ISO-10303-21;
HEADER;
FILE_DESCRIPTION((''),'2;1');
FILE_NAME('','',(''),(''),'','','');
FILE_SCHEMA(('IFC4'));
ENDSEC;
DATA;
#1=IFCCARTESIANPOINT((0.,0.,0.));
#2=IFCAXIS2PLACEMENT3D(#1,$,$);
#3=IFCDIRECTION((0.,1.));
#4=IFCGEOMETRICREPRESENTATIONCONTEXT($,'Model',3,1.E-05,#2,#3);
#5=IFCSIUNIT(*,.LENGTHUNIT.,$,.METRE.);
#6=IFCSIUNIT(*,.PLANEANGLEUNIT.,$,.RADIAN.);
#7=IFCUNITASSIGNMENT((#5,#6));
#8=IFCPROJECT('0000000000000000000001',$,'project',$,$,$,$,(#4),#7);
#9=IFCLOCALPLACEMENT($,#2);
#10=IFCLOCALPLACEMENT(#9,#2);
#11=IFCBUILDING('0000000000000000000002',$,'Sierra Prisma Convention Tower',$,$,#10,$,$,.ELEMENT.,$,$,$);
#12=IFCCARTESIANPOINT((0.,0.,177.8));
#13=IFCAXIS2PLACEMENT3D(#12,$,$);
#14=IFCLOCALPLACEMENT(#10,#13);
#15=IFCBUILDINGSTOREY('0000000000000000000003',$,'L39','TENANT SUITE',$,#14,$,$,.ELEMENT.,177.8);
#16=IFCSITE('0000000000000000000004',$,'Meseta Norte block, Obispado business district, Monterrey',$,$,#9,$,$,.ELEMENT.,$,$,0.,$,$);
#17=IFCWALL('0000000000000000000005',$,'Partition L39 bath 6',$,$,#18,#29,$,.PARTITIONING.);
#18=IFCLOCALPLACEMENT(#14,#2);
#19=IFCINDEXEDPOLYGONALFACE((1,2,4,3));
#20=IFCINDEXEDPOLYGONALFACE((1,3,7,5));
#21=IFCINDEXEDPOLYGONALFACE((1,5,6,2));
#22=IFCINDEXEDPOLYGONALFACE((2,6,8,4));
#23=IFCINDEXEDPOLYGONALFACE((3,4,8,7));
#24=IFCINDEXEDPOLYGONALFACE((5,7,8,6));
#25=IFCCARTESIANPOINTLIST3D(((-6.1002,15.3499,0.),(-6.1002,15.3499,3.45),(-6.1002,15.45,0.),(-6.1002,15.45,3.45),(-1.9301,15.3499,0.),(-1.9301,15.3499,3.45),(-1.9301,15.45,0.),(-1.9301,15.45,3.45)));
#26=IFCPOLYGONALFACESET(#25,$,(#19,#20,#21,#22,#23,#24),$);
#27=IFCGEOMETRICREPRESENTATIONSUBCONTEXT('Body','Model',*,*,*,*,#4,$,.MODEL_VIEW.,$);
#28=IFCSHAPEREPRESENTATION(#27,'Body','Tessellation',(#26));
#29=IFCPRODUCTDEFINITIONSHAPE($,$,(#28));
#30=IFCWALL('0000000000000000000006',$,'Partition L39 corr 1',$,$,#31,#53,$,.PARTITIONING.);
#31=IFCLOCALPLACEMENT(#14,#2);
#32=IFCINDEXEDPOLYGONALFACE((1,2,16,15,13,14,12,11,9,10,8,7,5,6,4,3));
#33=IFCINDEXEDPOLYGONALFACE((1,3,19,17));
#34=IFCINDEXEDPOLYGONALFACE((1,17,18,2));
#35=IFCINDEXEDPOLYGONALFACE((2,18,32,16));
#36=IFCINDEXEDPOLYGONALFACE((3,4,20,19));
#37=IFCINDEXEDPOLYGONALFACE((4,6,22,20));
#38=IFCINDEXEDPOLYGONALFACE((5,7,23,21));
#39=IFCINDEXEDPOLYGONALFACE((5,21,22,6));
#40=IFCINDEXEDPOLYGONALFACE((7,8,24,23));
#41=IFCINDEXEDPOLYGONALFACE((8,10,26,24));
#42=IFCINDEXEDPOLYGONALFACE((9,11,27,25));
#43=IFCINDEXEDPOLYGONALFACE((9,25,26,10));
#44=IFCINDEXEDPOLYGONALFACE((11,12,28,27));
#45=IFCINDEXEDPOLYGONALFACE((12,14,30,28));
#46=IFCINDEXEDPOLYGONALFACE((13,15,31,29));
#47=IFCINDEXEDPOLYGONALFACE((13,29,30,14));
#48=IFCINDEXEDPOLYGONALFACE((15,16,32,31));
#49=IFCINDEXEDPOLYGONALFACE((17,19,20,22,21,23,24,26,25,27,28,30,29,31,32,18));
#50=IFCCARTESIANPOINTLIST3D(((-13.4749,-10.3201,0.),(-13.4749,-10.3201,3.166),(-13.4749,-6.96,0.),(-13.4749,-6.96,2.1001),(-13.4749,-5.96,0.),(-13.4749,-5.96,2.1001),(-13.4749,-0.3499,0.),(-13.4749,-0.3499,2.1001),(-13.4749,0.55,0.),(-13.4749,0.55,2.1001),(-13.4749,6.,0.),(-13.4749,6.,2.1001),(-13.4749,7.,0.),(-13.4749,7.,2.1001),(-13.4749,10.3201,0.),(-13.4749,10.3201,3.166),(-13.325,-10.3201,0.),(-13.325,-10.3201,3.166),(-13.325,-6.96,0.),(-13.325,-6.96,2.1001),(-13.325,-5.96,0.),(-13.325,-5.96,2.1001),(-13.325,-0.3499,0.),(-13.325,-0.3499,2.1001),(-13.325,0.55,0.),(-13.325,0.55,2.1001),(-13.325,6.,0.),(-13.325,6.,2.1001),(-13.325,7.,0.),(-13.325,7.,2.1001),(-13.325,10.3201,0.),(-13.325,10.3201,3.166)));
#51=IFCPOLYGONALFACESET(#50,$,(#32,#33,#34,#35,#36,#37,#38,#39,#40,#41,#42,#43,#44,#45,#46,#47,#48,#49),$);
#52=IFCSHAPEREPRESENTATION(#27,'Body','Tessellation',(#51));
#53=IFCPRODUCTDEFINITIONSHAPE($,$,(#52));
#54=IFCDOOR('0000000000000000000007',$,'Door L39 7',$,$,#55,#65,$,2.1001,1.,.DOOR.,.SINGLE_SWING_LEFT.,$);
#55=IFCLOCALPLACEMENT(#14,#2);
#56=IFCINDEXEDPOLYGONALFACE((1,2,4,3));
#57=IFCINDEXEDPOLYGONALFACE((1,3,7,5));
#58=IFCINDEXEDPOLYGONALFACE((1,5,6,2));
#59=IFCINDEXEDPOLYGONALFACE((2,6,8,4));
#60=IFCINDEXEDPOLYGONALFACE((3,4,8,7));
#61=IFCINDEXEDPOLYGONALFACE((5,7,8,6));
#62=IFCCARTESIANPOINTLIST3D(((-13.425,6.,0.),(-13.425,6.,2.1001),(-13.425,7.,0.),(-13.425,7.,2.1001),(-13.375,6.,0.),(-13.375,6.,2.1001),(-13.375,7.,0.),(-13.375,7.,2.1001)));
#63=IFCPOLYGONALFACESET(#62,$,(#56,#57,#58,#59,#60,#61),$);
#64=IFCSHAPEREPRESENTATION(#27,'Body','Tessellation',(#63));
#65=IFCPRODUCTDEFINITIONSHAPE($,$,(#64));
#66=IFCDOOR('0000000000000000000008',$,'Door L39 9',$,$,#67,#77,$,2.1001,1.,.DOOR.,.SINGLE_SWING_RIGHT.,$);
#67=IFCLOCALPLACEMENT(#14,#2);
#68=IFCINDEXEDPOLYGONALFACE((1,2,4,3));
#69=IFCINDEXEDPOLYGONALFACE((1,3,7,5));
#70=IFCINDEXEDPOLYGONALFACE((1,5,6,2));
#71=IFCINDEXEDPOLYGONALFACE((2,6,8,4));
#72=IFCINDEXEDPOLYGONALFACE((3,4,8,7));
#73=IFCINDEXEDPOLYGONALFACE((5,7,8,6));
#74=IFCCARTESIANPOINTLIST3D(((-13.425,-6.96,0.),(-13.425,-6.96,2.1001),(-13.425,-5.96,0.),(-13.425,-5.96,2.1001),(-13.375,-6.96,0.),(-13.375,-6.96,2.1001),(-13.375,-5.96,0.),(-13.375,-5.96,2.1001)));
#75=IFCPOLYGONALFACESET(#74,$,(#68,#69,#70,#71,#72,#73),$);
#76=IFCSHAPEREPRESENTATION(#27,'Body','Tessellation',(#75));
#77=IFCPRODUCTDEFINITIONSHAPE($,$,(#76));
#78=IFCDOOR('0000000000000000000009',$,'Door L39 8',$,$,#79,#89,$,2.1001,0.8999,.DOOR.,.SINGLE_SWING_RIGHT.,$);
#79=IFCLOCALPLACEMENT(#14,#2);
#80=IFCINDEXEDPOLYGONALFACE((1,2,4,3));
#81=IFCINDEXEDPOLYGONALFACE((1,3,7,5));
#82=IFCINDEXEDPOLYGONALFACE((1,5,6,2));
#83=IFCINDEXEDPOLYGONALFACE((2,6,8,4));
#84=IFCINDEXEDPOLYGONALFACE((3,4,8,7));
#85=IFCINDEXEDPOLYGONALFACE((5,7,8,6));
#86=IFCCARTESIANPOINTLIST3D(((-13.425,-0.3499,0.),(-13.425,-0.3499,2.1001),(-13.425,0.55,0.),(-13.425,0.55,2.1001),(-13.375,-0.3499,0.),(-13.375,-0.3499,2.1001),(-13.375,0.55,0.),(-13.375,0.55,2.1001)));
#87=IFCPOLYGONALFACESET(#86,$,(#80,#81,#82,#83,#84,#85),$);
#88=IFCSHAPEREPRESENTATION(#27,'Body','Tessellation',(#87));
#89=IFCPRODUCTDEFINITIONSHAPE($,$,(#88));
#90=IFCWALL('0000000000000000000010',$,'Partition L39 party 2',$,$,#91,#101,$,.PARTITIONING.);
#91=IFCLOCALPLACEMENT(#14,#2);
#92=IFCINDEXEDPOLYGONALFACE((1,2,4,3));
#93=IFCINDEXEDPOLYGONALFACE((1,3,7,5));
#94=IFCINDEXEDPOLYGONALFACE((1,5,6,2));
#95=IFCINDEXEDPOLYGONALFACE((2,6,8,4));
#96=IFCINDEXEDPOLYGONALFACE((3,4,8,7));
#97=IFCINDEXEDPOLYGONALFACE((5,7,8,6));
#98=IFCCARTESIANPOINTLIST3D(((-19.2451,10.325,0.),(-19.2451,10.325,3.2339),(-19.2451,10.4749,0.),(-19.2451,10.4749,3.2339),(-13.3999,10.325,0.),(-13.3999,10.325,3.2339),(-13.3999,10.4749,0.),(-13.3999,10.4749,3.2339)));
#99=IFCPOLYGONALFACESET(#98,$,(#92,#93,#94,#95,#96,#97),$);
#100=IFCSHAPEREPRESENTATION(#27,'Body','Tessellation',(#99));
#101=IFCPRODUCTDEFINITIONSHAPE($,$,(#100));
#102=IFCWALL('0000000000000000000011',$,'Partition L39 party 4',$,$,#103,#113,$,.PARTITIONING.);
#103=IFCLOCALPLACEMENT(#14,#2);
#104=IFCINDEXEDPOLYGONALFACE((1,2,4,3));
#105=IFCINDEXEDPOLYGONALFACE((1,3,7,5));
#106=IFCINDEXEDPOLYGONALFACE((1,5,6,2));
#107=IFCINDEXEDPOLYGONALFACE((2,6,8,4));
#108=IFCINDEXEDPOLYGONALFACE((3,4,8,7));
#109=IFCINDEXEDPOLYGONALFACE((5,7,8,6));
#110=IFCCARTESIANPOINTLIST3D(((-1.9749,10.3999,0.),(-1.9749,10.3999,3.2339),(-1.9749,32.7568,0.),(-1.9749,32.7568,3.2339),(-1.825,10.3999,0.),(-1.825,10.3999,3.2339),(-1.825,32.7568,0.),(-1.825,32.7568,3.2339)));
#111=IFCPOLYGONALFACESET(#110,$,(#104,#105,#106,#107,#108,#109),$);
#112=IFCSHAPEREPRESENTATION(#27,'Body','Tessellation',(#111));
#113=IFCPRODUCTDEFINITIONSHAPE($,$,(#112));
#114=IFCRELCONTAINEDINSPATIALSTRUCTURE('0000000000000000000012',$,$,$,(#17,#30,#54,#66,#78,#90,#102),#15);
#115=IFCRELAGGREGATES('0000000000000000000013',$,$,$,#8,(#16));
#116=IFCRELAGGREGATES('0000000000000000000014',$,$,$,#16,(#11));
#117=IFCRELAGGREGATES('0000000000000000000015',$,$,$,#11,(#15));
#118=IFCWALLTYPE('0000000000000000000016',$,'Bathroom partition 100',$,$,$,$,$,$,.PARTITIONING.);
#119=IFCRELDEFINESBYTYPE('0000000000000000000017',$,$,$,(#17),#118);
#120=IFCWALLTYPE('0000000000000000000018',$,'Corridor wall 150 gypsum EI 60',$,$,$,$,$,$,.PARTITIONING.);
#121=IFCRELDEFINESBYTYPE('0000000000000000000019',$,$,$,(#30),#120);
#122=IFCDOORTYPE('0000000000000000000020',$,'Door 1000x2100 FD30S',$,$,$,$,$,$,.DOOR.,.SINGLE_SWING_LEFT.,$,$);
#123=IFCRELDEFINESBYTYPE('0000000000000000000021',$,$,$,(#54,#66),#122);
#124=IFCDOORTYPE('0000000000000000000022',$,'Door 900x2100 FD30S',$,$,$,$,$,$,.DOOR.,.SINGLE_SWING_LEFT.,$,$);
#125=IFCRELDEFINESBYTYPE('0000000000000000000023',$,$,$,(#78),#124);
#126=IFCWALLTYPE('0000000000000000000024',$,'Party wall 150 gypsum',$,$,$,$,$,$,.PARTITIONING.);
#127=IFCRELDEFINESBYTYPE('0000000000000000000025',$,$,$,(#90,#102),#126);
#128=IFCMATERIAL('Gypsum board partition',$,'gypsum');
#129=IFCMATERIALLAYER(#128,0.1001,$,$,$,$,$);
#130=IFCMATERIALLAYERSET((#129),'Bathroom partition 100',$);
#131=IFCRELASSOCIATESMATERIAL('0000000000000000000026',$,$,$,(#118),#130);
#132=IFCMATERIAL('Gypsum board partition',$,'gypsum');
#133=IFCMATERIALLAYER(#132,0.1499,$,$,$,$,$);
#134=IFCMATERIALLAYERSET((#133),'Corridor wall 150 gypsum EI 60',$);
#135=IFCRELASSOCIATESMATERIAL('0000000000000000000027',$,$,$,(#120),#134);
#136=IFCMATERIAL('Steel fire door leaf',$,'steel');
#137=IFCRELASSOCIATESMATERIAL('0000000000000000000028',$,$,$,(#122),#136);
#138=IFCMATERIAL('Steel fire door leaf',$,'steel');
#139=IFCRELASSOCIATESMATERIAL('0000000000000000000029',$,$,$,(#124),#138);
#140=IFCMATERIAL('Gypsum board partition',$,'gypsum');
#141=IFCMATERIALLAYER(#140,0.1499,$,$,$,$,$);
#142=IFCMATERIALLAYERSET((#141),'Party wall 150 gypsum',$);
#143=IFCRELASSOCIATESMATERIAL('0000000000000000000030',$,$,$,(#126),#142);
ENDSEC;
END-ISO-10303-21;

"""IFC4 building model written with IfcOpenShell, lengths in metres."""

from ifc_helpers import new_model, si_unit, direction, frame, frame_2d, origin, place, context, subcontext, project, spatial, rectangle, extrude, material, layer, layer_set, type_object, element, fill, save


model = new_model("IFC4")

# Units and contexts
model_context = context("Model", 3, precision=1e-05, world=origin(), true_north=direction((0.0, 1.0)))
body_context = subcontext(model_context, "Body", "Model", "MODEL_VIEW")
ifc_project = project(units=[si_unit("LENGTHUNIT", "METRE"), si_unit("PLANEANGLEUNIT", "RADIAN")], contexts=[model_context])

# Site, building, storey
site_placement = place(None, origin())
site = spatial("IfcSite", under=ifc_project, at=site_placement, Name="Meseta Norte block, Obispado business district, Monterrey", CompositionType="ELEMENT", RefElevation=0.0)
building_placement = place(site_placement, origin())
building = spatial("IfcBuilding", under=site, at=building_placement, Name="Sierra Prisma Convention Tower", CompositionType="ELEMENT")
storey_placement = place(building_placement, frame((0.0, 0.0, 177.8)))
storey = spatial("IfcBuildingStorey", under=building, at=storey_placement, Name="L39", Description="TENANT SUITE", CompositionType="ELEMENT", Elevation=177.8)

# Wall
ifc_material_1 = material(Name="Gypsum board partition", Category="gypsum")
ifc_layer_1 = layer(ifc_material_1, 0.1001)
ifc_layer_set_1 = layer_set([ifc_layer_1], Name="Bathroom partition 100")
wall_type_1 = type_object("IfcWallType", Name="Bathroom partition 100", PredefinedType="PARTITIONING", material=ifc_layer_set_1)
wall_1_placement = place(storey_placement, frame((-6.1001, 15.3999, 0.0), z_axis=(0.0, 0.0, 1.0), x_axis=(1.0, 0.0, 0.0)))
element("IfcWall", 1, at=wall_1_placement, inside=storey, type_object=wall_type_1, Name="Partition L39 bath 6", PredefinedType="PARTITIONING", context=body_context, shape_type="SweptSolid", body=[
    extrude(rectangle(XDim=4.1702, YDim=0.1001, at=frame_2d((2.085, 0.0))), origin(), (0.0, 0.0, 1.0), 3.45),
])

# Wall, openings, doors
ifc_material_2 = material(Name="Gypsum board partition", Category="gypsum")
ifc_layer_2 = layer(ifc_material_2, 0.1499)
ifc_layer_set_2 = layer_set([ifc_layer_2], Name="Corridor wall 150 gypsum EI 60")
wall_type_2 = type_object("IfcWallType", Name="Corridor wall 150 gypsum EI 60", PredefinedType="PARTITIONING", material=ifc_layer_set_2)
wall_2_placement = place(storey_placement, frame((-13.3999, 10.3201, 0.0), z_axis=(0.0, 0.0, 1.0), x_axis=(0.0, -1.0, 0.0)))
wall_2 = element("IfcWall", 2, at=wall_2_placement, inside=storey, type_object=wall_type_2, Name="Partition L39 corr 1", PredefinedType="PARTITIONING", context=body_context, shape_type="SweptSolid", body=[
    extrude(rectangle(XDim=20.6401, YDim=0.1499, at=frame_2d((10.3201, 0.0))), origin(), (0.0, 0.0, 1.0), 3.166),
])
opening_1_placement = place(wall_2_placement, frame((3.3201, 0.0, 0.0)))
opening_1 = element("IfcOpeningElement", 3, at=opening_1_placement, cuts=wall_2, PredefinedType="OPENING", context=body_context, shape_type="SweptSolid", body=[
    extrude(rectangle(XDim=1.0, YDim=2.1001, at=frame_2d((0.5, 1.05))), frame((0.0, 0.075, 0.0), z_axis=(0.0, -1.0, 0.0), x_axis=(1.0, 0.0, 0.0)), (0.0, 0.0, 1.0), 0.1499),
])
opening_2_placement = place(wall_2_placement, frame((9.77, 0.0, 0.0)))
opening_2 = element("IfcOpeningElement", 4, at=opening_2_placement, cuts=wall_2, PredefinedType="OPENING", context=body_context, shape_type="SweptSolid", body=[
    extrude(rectangle(XDim=0.8999, YDim=2.1001, at=frame_2d((0.45, 1.05))), frame((0.0, 0.075, 0.0), z_axis=(0.0, -1.0, 0.0), x_axis=(1.0, 0.0, 0.0)), (0.0, 0.0, 1.0), 0.1499),
])
opening_3_placement = place(wall_2_placement, frame((16.28, 0.0, 0.0)))
opening_3 = element("IfcOpeningElement", 5, at=opening_3_placement, cuts=wall_2, PredefinedType="OPENING", context=body_context, shape_type="SweptSolid", body=[
    extrude(rectangle(XDim=1.0, YDim=2.1001, at=frame_2d((0.5, 1.05))), frame((0.0, 0.075, 0.0), z_axis=(0.0, -1.0, 0.0), x_axis=(1.0, 0.0, 0.0)), (0.0, 0.0, 1.0), 0.1499),
])
ifc_material_3 = material(Name="Steel fire door leaf", Category="steel")
door_type_1 = type_object("IfcDoorType", Name="Door 1000x2100 FD30S", OperationType="SINGLE_SWING_LEFT", PredefinedType="DOOR", material=ifc_material_3)
door_1_placement = place(opening_1_placement, origin())
door_1 = element("IfcDoor", 6, at=door_1_placement, inside=storey, type_object=door_type_1, Name="Door L39 7", OperationType="SINGLE_SWING_LEFT", OverallHeight=2.1001, OverallWidth=1.0, PredefinedType="DOOR", context=body_context, shape_type="SweptSolid", body=[
    extrude(rectangle(XDim=1.0, YDim=2.1001, at=frame_2d((0.5, 1.05))), frame((0.0, 0.0249, 0.0), z_axis=(0.0, -1.0, 0.0), x_axis=(1.0, 0.0, 0.0)), (0.0, 0.0, 1.0), 0.05),
])
fill(opening_1, door_1)
door_2_placement = place(opening_3_placement, origin())
door_2 = element("IfcDoor", 7, at=door_2_placement, inside=storey, type_object=door_type_1, Name="Door L39 9", OperationType="SINGLE_SWING_RIGHT", OverallHeight=2.1001, OverallWidth=1.0, PredefinedType="DOOR", context=body_context, shape_type="SweptSolid", body=[
    extrude(rectangle(XDim=1.0, YDim=2.1001, at=frame_2d((0.5, 1.05))), frame((0.0, 0.0249, 0.0), z_axis=(0.0, -1.0, 0.0), x_axis=(1.0, 0.0, 0.0)), (0.0, 0.0, 1.0), 0.05),
])
fill(opening_3, door_2)
ifc_material_4 = material(Name="Steel fire door leaf", Category="steel")
door_type_2 = type_object("IfcDoorType", Name="Door 900x2100 FD30S", OperationType="SINGLE_SWING_LEFT", PredefinedType="DOOR", material=ifc_material_4)
door_3_placement = place(opening_2_placement, origin())
door_3 = element("IfcDoor", 8, at=door_3_placement, inside=storey, type_object=door_type_2, Name="Door L39 8", OperationType="SINGLE_SWING_RIGHT", OverallHeight=2.1001, OverallWidth=0.8999, PredefinedType="DOOR", context=body_context, shape_type="SweptSolid", body=[
    extrude(rectangle(XDim=0.8999, YDim=2.1001, at=frame_2d((0.45, 1.05))), frame((0.0, 0.0249, 0.0), z_axis=(0.0, -1.0, 0.0), x_axis=(1.0, 0.0, 0.0)), (0.0, 0.0, 1.0), 0.05),
])
fill(opening_2, door_3)

# Walls
ifc_material_5 = material(Name="Gypsum board partition", Category="gypsum")
ifc_layer_3 = layer(ifc_material_5, 0.1499)
ifc_layer_set_3 = layer_set([ifc_layer_3], Name="Party wall 150 gypsum")
wall_type_3 = type_object("IfcWallType", Name="Party wall 150 gypsum", PredefinedType="PARTITIONING", material=ifc_layer_set_3)
wall_3_placement = place(storey_placement, frame((-13.3999, 10.3999, 0.0), z_axis=(0.0, 0.0, 1.0), x_axis=(-1.0, 0.0, 0.0)))
element("IfcWall", 9, at=wall_3_placement, inside=storey, type_object=wall_type_3, Name="Partition L39 party 2", PredefinedType="PARTITIONING", context=body_context, shape_type="SweptSolid", body=[
    extrude(rectangle(XDim=5.8452, YDim=0.1499, at=frame_2d((2.9226, 0.0))), origin(), (0.0, 0.0, 1.0), 3.2339),
])
wall_4_placement = place(storey_placement, frame((-1.8999, 10.3999, 0.0), z_axis=(0.0, 0.0, 1.0), x_axis=(0.0, 1.0, 0.0)))
element("IfcWall", 10, at=wall_4_placement, inside=storey, type_object=wall_type_3, Name="Partition L39 party 4", PredefinedType="PARTITIONING", context=body_context, shape_type="SweptSolid", body=[
    extrude(rectangle(XDim=22.3569, YDim=0.1499, at=frame_2d((11.1785, 0.0))), origin(), (0.0, 0.0, 1.0), 3.2339),
])

save(model, "model.ifc")
